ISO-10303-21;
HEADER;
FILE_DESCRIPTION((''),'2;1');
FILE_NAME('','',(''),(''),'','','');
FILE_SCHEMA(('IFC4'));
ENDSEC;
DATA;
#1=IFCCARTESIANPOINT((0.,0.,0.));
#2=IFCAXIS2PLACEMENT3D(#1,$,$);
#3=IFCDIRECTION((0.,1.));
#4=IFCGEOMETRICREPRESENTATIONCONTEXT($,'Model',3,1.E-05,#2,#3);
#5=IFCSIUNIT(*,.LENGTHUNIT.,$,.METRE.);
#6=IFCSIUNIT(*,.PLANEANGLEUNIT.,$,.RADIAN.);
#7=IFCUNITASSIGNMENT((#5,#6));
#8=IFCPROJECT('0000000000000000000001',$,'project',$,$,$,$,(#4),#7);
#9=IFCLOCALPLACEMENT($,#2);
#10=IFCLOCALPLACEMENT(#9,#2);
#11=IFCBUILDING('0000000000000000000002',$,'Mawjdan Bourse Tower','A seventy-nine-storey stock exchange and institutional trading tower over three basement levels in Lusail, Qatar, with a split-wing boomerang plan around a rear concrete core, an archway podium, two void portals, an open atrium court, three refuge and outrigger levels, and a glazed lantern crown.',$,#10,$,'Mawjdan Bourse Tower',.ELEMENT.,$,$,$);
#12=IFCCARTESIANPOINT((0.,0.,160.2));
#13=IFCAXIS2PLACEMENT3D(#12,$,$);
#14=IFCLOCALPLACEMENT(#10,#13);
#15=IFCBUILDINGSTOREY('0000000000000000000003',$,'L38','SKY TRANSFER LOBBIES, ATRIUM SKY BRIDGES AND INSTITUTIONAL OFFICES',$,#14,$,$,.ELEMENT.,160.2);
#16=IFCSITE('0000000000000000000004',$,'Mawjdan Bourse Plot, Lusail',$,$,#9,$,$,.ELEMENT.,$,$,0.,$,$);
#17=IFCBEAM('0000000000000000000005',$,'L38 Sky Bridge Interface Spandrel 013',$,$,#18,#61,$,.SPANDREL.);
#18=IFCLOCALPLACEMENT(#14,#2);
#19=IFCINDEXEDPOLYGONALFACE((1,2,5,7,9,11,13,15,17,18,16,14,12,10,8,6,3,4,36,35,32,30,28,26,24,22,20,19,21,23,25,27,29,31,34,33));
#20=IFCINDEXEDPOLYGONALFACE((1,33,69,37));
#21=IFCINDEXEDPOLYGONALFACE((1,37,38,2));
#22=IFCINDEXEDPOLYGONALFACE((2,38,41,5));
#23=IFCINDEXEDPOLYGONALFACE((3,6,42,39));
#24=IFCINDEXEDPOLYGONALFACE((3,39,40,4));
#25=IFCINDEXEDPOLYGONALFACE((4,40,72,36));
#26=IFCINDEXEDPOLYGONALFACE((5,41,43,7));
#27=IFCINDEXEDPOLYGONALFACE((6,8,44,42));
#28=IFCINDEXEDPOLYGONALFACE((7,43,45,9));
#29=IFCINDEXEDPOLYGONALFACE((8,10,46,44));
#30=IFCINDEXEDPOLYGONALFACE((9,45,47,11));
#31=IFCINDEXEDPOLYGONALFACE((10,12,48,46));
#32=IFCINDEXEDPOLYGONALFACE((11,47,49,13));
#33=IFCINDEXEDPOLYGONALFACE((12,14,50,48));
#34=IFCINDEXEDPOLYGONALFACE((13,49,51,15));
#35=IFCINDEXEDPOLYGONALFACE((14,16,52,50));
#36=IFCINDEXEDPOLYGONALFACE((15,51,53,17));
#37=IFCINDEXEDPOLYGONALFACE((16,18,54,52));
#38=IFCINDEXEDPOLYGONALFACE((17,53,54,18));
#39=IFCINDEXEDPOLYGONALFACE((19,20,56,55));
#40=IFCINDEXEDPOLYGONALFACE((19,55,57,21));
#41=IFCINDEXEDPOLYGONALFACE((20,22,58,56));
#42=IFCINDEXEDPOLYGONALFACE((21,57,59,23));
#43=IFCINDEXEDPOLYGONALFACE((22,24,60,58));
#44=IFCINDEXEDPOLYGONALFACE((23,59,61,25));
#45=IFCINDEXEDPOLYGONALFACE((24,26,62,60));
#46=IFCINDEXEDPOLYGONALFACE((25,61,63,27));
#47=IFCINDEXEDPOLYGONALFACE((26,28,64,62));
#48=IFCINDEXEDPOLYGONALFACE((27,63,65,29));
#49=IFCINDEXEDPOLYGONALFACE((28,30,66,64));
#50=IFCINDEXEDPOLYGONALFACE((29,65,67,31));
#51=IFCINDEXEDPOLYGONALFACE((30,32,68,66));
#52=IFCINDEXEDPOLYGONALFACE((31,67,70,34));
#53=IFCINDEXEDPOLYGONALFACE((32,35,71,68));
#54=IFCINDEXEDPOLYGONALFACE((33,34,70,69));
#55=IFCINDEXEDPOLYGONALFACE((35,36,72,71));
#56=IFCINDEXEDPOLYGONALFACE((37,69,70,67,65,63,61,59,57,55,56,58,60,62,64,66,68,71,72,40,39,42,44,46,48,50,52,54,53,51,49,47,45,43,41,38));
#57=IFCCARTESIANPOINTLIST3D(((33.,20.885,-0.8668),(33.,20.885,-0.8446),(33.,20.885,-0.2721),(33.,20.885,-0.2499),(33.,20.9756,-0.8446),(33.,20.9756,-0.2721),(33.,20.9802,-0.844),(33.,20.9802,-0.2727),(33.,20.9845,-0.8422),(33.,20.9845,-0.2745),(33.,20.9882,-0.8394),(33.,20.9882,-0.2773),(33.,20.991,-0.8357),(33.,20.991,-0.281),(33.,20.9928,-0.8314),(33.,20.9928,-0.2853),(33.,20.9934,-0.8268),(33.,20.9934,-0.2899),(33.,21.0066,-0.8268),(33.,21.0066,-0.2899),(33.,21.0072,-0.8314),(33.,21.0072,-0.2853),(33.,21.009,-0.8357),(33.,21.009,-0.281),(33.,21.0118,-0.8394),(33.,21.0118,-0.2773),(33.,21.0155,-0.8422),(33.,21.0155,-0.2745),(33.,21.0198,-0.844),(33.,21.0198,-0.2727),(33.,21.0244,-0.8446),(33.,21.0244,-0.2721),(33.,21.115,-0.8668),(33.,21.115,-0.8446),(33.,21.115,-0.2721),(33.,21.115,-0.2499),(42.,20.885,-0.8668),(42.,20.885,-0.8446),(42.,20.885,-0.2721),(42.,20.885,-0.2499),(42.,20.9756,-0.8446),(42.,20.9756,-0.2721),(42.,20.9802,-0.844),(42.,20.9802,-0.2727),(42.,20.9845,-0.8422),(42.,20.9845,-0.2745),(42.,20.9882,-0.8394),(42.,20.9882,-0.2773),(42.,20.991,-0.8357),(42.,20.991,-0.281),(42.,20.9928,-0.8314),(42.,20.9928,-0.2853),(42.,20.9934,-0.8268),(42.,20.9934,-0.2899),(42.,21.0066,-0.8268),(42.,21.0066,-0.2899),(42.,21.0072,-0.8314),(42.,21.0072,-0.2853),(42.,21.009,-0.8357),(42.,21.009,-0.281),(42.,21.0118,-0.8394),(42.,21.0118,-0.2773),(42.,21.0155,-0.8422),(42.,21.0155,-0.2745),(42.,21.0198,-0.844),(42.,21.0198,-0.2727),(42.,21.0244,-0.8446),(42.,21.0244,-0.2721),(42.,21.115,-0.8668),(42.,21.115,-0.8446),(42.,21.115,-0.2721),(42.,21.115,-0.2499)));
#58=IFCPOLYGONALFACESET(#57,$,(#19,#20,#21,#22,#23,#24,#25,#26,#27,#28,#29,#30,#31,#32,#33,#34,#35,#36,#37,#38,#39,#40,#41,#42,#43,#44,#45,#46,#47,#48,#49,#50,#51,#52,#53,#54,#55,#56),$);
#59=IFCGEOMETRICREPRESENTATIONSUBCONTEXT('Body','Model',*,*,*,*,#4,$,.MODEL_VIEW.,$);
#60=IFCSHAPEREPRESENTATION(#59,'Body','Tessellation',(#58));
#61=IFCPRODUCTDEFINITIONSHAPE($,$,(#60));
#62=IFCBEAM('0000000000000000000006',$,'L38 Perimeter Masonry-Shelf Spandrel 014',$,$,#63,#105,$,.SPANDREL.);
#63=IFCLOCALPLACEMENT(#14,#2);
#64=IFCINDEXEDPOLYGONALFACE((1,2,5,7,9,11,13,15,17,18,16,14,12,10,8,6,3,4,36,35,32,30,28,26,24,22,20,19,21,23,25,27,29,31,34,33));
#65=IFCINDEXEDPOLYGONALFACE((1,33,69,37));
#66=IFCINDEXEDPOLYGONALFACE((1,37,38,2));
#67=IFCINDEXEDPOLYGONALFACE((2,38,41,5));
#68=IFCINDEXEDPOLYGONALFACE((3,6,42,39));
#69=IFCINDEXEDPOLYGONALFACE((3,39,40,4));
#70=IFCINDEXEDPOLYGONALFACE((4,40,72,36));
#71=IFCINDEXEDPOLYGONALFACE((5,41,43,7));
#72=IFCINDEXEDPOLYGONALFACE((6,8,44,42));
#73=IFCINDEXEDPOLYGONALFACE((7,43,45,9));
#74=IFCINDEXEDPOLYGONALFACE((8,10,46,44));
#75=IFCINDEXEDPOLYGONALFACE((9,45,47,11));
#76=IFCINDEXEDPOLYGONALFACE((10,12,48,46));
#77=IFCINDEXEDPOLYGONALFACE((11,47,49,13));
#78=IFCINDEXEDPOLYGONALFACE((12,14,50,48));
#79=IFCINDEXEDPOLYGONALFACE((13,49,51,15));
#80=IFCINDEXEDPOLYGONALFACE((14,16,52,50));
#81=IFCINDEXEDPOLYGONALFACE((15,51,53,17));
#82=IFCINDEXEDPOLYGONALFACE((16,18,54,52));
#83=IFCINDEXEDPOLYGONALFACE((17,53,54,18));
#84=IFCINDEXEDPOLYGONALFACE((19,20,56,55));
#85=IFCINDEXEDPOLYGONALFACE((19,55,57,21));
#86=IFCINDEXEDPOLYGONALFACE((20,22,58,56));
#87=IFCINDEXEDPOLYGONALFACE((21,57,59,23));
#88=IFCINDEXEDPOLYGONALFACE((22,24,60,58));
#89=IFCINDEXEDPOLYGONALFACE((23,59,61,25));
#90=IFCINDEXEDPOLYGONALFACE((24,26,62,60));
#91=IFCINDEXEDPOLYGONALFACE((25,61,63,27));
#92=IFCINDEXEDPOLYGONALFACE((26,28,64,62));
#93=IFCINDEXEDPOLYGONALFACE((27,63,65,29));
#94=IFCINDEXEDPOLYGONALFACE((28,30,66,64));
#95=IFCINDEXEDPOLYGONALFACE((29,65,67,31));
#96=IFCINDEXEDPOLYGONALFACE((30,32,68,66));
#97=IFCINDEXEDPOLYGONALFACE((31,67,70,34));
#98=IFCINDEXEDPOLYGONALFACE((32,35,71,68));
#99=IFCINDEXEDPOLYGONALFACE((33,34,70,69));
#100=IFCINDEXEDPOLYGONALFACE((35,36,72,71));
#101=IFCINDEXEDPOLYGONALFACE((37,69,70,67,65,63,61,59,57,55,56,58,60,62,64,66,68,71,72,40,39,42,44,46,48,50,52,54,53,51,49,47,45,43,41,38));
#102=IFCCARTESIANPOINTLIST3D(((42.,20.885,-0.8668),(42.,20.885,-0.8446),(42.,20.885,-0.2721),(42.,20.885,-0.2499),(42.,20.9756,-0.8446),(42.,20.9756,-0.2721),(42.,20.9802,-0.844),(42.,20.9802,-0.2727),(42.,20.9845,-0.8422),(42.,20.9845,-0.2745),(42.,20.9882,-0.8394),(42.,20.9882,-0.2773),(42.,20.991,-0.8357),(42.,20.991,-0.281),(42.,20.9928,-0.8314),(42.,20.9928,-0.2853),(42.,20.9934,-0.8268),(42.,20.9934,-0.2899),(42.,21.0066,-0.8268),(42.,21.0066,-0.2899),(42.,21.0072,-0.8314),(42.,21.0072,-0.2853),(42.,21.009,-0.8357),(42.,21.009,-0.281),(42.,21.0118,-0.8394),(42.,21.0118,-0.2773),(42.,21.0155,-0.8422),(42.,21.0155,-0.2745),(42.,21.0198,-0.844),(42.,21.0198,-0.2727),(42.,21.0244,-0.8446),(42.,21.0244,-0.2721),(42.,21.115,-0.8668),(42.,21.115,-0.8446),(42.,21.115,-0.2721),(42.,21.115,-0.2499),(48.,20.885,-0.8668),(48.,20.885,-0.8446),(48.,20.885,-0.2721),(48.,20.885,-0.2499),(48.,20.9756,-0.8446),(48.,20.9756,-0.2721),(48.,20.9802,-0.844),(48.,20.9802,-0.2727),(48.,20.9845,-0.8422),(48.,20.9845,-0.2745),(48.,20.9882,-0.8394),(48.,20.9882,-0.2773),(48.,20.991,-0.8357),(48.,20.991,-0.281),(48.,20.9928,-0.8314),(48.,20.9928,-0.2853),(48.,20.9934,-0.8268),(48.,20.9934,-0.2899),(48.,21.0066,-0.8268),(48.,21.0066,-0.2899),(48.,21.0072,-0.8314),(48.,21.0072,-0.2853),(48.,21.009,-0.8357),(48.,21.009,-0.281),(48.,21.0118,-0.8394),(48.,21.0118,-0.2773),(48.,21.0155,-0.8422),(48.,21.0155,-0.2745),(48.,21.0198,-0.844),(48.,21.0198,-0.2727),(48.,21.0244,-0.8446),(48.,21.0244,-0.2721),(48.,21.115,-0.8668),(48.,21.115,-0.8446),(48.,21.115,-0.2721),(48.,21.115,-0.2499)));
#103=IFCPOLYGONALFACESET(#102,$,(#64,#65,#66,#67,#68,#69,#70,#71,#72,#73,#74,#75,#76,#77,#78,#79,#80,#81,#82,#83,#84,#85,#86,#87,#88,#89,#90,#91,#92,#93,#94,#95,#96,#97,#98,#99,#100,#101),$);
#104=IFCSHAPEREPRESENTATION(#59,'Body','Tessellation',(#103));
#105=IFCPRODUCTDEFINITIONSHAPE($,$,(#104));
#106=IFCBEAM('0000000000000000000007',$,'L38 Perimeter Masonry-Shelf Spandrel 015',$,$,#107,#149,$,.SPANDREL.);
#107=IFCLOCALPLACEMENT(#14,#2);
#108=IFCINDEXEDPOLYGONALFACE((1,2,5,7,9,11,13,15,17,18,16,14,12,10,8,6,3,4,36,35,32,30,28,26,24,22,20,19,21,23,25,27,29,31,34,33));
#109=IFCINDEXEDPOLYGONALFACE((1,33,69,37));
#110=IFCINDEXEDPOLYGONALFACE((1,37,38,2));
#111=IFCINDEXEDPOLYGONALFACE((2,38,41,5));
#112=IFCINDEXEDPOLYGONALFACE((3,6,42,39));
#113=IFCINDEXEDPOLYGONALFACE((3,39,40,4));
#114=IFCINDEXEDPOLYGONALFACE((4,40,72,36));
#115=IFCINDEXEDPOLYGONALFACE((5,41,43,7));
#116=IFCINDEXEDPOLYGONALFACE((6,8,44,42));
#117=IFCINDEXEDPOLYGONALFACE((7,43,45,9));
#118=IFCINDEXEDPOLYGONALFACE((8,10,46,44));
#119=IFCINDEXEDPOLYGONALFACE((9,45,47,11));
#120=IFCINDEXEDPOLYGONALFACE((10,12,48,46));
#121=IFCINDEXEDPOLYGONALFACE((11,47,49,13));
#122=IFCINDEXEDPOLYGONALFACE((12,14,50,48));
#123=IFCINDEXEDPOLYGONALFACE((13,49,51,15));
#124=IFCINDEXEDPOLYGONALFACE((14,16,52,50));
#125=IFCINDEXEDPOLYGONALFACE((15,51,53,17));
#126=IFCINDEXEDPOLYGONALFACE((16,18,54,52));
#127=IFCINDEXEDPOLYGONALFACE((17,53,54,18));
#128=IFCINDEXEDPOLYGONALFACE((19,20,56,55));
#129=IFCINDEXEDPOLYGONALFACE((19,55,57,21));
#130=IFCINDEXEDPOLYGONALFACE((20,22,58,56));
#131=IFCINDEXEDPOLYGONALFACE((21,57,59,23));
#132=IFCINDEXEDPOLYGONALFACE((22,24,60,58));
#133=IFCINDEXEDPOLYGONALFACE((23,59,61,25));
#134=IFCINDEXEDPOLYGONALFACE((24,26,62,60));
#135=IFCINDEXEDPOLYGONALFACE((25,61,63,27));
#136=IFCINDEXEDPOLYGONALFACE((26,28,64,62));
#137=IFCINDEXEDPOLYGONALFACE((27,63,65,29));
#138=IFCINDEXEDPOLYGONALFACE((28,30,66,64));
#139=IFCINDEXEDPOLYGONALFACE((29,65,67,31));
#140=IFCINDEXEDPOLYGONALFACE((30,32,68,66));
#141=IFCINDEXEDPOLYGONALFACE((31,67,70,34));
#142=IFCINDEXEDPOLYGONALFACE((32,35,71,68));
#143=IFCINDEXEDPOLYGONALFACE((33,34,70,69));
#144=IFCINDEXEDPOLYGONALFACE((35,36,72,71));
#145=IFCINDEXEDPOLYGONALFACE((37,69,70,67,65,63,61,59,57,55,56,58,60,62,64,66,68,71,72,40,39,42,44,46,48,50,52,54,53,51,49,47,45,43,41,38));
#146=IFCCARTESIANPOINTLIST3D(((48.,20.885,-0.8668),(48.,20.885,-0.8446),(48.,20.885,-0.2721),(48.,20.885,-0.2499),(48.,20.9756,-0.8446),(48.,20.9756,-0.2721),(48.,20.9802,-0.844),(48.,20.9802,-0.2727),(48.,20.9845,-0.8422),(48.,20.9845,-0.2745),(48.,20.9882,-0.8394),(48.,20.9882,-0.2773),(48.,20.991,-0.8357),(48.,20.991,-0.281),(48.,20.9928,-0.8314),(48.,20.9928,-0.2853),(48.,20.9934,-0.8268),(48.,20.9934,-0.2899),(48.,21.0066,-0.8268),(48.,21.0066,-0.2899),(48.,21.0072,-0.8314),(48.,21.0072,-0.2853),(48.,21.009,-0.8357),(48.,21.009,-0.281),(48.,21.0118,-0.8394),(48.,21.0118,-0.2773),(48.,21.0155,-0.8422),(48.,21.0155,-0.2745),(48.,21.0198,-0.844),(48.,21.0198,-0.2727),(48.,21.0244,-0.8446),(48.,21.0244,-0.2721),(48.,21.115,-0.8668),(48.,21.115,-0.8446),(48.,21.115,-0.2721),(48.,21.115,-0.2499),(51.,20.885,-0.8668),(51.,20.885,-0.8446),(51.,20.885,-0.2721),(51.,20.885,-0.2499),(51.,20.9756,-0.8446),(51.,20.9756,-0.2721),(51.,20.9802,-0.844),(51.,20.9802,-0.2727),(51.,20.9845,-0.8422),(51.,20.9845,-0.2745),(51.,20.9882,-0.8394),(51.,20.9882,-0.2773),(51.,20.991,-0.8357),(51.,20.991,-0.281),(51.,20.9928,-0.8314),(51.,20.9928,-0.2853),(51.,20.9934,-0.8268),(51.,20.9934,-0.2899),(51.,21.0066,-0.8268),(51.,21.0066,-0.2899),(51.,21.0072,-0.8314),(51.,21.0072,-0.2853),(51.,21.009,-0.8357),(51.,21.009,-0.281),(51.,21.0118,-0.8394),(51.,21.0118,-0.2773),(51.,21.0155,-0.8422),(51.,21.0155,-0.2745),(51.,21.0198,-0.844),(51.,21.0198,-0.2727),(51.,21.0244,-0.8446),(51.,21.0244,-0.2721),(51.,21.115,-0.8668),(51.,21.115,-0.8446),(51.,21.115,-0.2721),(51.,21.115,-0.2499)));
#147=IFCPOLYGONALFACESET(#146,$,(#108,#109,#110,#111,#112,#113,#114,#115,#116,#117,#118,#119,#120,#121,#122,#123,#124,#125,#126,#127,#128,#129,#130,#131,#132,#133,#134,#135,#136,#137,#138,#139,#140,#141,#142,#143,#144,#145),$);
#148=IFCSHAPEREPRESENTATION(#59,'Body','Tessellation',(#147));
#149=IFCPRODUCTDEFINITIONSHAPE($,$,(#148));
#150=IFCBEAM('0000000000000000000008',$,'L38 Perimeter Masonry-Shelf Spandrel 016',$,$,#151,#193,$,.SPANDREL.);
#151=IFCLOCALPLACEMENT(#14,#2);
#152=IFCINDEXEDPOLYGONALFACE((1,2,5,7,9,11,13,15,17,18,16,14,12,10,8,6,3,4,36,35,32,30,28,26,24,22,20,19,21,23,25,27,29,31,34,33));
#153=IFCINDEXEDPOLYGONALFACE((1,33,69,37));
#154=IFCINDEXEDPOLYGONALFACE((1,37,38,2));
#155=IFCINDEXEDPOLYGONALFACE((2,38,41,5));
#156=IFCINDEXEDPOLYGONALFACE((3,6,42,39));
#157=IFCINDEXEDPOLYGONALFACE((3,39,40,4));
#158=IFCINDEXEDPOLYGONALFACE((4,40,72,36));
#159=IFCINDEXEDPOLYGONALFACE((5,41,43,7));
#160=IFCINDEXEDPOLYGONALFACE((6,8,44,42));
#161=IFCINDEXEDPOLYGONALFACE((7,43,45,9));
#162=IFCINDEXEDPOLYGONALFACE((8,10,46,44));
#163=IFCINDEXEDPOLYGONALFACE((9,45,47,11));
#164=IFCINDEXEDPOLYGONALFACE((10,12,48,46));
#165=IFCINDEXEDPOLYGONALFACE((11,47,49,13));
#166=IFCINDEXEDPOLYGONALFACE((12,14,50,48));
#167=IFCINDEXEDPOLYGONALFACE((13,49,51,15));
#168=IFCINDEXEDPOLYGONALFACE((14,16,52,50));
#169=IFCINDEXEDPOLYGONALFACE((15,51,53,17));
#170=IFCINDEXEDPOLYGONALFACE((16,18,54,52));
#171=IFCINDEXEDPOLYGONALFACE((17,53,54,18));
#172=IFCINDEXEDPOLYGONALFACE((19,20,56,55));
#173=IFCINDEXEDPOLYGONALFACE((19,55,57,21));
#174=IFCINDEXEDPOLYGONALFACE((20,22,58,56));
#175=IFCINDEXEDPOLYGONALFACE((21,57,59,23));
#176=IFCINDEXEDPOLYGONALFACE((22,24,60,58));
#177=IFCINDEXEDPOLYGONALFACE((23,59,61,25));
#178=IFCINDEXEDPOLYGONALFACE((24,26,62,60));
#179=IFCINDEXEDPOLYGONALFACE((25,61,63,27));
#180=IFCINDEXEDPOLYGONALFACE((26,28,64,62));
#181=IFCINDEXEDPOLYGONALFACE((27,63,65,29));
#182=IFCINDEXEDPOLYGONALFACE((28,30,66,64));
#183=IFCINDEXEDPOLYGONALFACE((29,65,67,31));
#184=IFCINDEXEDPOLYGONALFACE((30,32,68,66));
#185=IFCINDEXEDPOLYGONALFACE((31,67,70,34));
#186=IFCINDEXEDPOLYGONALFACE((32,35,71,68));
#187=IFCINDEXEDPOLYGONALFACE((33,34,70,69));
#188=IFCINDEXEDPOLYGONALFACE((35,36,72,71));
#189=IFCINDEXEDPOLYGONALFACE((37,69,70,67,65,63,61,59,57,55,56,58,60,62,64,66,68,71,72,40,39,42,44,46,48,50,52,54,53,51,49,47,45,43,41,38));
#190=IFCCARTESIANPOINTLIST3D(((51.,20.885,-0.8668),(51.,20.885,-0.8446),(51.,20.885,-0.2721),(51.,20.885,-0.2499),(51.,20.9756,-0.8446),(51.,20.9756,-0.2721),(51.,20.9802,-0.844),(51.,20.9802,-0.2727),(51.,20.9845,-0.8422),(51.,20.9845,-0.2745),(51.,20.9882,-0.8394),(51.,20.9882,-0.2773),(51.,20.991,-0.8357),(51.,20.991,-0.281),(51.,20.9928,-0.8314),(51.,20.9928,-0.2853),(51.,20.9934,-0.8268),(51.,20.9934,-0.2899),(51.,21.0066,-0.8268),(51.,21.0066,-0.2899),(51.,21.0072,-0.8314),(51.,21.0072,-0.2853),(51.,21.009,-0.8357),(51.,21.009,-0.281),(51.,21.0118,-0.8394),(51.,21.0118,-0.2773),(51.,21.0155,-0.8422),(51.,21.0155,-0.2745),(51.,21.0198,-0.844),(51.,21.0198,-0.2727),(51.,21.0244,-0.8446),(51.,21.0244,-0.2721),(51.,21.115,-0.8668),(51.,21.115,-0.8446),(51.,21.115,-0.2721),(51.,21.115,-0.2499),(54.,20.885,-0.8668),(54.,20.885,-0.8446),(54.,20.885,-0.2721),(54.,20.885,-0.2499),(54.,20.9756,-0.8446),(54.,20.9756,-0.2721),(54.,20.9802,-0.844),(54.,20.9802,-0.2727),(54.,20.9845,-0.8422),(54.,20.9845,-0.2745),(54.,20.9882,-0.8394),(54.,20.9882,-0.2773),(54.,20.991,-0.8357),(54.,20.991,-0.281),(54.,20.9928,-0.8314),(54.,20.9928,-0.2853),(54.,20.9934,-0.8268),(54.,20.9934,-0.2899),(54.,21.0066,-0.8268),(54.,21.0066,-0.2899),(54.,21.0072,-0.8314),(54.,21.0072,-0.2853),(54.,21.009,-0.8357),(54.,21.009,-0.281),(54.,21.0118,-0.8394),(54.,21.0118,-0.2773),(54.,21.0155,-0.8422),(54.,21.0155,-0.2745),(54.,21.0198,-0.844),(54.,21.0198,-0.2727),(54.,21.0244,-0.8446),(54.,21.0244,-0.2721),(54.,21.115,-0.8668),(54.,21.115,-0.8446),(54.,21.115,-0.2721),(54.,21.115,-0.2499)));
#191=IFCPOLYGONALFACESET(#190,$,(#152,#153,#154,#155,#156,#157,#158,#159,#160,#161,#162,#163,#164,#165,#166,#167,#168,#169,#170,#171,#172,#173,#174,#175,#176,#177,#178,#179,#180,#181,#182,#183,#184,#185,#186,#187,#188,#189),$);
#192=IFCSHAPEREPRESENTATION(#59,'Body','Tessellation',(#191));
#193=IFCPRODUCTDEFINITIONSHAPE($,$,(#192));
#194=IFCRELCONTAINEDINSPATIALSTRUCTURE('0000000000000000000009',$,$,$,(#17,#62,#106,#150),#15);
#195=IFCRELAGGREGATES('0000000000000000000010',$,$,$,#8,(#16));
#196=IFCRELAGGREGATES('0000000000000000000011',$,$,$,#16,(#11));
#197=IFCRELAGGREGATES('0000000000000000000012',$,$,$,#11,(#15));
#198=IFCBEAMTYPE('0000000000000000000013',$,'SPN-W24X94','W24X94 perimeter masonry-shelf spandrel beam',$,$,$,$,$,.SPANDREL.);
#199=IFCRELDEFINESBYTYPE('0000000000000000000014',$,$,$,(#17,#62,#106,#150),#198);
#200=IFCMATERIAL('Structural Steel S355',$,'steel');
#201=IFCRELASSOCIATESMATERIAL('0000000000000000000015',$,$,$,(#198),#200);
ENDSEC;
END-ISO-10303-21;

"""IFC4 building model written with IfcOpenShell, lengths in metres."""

from ifc_helpers import new_model, si_unit, direction, frame, origin, origin_2d, place, context, subcontext, project, spatial, i_section, extrude, material, material_profile, profile_set, type_object, element, save


model = new_model("IFC4")

# Units and contexts
model_context = context("Model", 3, precision=1e-05, world=origin(), true_north=direction((0.0, 1.0)))
body_context = subcontext(model_context, "Body", "Model", "MODEL_VIEW")
ifc_project = project(units=[si_unit("LENGTHUNIT", "METRE"), si_unit("PLANEANGLEUNIT", "RADIAN")], contexts=[model_context])

# Site, building, storey
site_placement = place(None, origin())
site = spatial("IfcSite", under=ifc_project, at=site_placement, Name="Mawjdan Bourse Plot, Lusail", CompositionType="ELEMENT", RefElevation=0.0)
building_placement = place(site_placement, origin())
building = spatial("IfcBuilding", under=site, at=building_placement, Name="Mawjdan Bourse Tower", Description="A seventy-nine-storey stock exchange and institutional trading tower over three basement levels in Lusail, Qatar, with a split-wing boomerang plan around a rear concrete core, an archway podium, two void portals, an open atrium court, three refuge and outrigger levels, and a glazed lantern crown.", LongName="Mawjdan Bourse Tower", CompositionType="ELEMENT")
storey_placement = place(building_placement, frame((0.0, 0.0, 160.2)))
storey = spatial("IfcBuildingStorey", under=building, at=storey_placement, Name="L38", Description="SKY TRANSFER LOBBIES, ATRIUM SKY BRIDGES AND INSTITUTIONAL OFFICES", CompositionType="ELEMENT", Elevation=160.2)

# Beams
ifc_material_1 = material(Name="Structural Steel S355", Category="steel")
ifc_material_profile_1 = material_profile(ifc_material_1, i_section(OverallWidth=0.23, OverallDepth=0.6169, WebThickness=0.0132, FlangeThickness=0.0222, FilletRadius=0.0178, at=origin_2d()), Name="W24X94")
ifc_profile_set_1 = profile_set([ifc_material_profile_1], Name="Structural Steel S355")
beam_type = type_object("IfcBeamType", Name="SPN-W24X94", Description="W24X94 perimeter masonry-shelf spandrel beam", PredefinedType="SPANDREL", material=ifc_profile_set_1)
beam_1_placement = place(storey_placement, frame((33.0, 21.0, -0.5583), z_axis=(1.0, 0.0, 0.0), x_axis=(0.0, 1.0, 0.0)))
element("IfcBeam", 1, at=beam_1_placement, inside=storey, type_object=beam_type, Name="L38 Sky Bridge Interface Spandrel 013", PredefinedType="SPANDREL", context=body_context, shape_type="SweptSolid", body=[
    extrude(i_section(OverallWidth=0.23, OverallDepth=0.6169, WebThickness=0.0132, FlangeThickness=0.0222, FilletRadius=0.0178, at=origin_2d()), origin(), (0.0, 0.0, 1.0), 9.0),
])
beam_2_placement = place(storey_placement, frame((42.0, 21.0, -0.5583), z_axis=(1.0, 0.0, 0.0), x_axis=(0.0, 1.0, 0.0)))
element("IfcBeam", 2, at=beam_2_placement, inside=storey, type_object=beam_type, Name="L38 Perimeter Masonry-Shelf Spandrel 014", PredefinedType="SPANDREL", context=body_context, shape_type="SweptSolid", body=[
    extrude(i_section(OverallWidth=0.23, OverallDepth=0.6169, WebThickness=0.0132, FlangeThickness=0.0222, FilletRadius=0.0178, at=origin_2d()), origin(), (0.0, 0.0, 1.0), 6.0),
])
for number, where, z_axis, x_axis, name in (
    (3, (48.0, 21.0, -0.5583), (1.0, 0.0, 0.0), (0.0, 1.0, 0.0), "L38 Perimeter Masonry-Shelf Spandrel 015"),
    (4, (51.0, 21.0, -0.5583), (1.0, 0.0, 0.0), (0.0, 1.0, 0.0), "L38 Perimeter Masonry-Shelf Spandrel 016"),
):
    element("IfcBeam", number, at=place(storey_placement, frame(where, z_axis=z_axis, x_axis=x_axis)), inside=storey, type_object=beam_type, Name=name, PredefinedType="SPANDREL", context=body_context, shape_type="SweptSolid", body=[
        extrude(i_section(OverallWidth=0.23, OverallDepth=0.6169, WebThickness=0.0132, FlangeThickness=0.0222, FilletRadius=0.0178, at=origin_2d()), origin(), (0.0, 0.0, 1.0), 3.0),
    ])

save(model, "model.ifc")
